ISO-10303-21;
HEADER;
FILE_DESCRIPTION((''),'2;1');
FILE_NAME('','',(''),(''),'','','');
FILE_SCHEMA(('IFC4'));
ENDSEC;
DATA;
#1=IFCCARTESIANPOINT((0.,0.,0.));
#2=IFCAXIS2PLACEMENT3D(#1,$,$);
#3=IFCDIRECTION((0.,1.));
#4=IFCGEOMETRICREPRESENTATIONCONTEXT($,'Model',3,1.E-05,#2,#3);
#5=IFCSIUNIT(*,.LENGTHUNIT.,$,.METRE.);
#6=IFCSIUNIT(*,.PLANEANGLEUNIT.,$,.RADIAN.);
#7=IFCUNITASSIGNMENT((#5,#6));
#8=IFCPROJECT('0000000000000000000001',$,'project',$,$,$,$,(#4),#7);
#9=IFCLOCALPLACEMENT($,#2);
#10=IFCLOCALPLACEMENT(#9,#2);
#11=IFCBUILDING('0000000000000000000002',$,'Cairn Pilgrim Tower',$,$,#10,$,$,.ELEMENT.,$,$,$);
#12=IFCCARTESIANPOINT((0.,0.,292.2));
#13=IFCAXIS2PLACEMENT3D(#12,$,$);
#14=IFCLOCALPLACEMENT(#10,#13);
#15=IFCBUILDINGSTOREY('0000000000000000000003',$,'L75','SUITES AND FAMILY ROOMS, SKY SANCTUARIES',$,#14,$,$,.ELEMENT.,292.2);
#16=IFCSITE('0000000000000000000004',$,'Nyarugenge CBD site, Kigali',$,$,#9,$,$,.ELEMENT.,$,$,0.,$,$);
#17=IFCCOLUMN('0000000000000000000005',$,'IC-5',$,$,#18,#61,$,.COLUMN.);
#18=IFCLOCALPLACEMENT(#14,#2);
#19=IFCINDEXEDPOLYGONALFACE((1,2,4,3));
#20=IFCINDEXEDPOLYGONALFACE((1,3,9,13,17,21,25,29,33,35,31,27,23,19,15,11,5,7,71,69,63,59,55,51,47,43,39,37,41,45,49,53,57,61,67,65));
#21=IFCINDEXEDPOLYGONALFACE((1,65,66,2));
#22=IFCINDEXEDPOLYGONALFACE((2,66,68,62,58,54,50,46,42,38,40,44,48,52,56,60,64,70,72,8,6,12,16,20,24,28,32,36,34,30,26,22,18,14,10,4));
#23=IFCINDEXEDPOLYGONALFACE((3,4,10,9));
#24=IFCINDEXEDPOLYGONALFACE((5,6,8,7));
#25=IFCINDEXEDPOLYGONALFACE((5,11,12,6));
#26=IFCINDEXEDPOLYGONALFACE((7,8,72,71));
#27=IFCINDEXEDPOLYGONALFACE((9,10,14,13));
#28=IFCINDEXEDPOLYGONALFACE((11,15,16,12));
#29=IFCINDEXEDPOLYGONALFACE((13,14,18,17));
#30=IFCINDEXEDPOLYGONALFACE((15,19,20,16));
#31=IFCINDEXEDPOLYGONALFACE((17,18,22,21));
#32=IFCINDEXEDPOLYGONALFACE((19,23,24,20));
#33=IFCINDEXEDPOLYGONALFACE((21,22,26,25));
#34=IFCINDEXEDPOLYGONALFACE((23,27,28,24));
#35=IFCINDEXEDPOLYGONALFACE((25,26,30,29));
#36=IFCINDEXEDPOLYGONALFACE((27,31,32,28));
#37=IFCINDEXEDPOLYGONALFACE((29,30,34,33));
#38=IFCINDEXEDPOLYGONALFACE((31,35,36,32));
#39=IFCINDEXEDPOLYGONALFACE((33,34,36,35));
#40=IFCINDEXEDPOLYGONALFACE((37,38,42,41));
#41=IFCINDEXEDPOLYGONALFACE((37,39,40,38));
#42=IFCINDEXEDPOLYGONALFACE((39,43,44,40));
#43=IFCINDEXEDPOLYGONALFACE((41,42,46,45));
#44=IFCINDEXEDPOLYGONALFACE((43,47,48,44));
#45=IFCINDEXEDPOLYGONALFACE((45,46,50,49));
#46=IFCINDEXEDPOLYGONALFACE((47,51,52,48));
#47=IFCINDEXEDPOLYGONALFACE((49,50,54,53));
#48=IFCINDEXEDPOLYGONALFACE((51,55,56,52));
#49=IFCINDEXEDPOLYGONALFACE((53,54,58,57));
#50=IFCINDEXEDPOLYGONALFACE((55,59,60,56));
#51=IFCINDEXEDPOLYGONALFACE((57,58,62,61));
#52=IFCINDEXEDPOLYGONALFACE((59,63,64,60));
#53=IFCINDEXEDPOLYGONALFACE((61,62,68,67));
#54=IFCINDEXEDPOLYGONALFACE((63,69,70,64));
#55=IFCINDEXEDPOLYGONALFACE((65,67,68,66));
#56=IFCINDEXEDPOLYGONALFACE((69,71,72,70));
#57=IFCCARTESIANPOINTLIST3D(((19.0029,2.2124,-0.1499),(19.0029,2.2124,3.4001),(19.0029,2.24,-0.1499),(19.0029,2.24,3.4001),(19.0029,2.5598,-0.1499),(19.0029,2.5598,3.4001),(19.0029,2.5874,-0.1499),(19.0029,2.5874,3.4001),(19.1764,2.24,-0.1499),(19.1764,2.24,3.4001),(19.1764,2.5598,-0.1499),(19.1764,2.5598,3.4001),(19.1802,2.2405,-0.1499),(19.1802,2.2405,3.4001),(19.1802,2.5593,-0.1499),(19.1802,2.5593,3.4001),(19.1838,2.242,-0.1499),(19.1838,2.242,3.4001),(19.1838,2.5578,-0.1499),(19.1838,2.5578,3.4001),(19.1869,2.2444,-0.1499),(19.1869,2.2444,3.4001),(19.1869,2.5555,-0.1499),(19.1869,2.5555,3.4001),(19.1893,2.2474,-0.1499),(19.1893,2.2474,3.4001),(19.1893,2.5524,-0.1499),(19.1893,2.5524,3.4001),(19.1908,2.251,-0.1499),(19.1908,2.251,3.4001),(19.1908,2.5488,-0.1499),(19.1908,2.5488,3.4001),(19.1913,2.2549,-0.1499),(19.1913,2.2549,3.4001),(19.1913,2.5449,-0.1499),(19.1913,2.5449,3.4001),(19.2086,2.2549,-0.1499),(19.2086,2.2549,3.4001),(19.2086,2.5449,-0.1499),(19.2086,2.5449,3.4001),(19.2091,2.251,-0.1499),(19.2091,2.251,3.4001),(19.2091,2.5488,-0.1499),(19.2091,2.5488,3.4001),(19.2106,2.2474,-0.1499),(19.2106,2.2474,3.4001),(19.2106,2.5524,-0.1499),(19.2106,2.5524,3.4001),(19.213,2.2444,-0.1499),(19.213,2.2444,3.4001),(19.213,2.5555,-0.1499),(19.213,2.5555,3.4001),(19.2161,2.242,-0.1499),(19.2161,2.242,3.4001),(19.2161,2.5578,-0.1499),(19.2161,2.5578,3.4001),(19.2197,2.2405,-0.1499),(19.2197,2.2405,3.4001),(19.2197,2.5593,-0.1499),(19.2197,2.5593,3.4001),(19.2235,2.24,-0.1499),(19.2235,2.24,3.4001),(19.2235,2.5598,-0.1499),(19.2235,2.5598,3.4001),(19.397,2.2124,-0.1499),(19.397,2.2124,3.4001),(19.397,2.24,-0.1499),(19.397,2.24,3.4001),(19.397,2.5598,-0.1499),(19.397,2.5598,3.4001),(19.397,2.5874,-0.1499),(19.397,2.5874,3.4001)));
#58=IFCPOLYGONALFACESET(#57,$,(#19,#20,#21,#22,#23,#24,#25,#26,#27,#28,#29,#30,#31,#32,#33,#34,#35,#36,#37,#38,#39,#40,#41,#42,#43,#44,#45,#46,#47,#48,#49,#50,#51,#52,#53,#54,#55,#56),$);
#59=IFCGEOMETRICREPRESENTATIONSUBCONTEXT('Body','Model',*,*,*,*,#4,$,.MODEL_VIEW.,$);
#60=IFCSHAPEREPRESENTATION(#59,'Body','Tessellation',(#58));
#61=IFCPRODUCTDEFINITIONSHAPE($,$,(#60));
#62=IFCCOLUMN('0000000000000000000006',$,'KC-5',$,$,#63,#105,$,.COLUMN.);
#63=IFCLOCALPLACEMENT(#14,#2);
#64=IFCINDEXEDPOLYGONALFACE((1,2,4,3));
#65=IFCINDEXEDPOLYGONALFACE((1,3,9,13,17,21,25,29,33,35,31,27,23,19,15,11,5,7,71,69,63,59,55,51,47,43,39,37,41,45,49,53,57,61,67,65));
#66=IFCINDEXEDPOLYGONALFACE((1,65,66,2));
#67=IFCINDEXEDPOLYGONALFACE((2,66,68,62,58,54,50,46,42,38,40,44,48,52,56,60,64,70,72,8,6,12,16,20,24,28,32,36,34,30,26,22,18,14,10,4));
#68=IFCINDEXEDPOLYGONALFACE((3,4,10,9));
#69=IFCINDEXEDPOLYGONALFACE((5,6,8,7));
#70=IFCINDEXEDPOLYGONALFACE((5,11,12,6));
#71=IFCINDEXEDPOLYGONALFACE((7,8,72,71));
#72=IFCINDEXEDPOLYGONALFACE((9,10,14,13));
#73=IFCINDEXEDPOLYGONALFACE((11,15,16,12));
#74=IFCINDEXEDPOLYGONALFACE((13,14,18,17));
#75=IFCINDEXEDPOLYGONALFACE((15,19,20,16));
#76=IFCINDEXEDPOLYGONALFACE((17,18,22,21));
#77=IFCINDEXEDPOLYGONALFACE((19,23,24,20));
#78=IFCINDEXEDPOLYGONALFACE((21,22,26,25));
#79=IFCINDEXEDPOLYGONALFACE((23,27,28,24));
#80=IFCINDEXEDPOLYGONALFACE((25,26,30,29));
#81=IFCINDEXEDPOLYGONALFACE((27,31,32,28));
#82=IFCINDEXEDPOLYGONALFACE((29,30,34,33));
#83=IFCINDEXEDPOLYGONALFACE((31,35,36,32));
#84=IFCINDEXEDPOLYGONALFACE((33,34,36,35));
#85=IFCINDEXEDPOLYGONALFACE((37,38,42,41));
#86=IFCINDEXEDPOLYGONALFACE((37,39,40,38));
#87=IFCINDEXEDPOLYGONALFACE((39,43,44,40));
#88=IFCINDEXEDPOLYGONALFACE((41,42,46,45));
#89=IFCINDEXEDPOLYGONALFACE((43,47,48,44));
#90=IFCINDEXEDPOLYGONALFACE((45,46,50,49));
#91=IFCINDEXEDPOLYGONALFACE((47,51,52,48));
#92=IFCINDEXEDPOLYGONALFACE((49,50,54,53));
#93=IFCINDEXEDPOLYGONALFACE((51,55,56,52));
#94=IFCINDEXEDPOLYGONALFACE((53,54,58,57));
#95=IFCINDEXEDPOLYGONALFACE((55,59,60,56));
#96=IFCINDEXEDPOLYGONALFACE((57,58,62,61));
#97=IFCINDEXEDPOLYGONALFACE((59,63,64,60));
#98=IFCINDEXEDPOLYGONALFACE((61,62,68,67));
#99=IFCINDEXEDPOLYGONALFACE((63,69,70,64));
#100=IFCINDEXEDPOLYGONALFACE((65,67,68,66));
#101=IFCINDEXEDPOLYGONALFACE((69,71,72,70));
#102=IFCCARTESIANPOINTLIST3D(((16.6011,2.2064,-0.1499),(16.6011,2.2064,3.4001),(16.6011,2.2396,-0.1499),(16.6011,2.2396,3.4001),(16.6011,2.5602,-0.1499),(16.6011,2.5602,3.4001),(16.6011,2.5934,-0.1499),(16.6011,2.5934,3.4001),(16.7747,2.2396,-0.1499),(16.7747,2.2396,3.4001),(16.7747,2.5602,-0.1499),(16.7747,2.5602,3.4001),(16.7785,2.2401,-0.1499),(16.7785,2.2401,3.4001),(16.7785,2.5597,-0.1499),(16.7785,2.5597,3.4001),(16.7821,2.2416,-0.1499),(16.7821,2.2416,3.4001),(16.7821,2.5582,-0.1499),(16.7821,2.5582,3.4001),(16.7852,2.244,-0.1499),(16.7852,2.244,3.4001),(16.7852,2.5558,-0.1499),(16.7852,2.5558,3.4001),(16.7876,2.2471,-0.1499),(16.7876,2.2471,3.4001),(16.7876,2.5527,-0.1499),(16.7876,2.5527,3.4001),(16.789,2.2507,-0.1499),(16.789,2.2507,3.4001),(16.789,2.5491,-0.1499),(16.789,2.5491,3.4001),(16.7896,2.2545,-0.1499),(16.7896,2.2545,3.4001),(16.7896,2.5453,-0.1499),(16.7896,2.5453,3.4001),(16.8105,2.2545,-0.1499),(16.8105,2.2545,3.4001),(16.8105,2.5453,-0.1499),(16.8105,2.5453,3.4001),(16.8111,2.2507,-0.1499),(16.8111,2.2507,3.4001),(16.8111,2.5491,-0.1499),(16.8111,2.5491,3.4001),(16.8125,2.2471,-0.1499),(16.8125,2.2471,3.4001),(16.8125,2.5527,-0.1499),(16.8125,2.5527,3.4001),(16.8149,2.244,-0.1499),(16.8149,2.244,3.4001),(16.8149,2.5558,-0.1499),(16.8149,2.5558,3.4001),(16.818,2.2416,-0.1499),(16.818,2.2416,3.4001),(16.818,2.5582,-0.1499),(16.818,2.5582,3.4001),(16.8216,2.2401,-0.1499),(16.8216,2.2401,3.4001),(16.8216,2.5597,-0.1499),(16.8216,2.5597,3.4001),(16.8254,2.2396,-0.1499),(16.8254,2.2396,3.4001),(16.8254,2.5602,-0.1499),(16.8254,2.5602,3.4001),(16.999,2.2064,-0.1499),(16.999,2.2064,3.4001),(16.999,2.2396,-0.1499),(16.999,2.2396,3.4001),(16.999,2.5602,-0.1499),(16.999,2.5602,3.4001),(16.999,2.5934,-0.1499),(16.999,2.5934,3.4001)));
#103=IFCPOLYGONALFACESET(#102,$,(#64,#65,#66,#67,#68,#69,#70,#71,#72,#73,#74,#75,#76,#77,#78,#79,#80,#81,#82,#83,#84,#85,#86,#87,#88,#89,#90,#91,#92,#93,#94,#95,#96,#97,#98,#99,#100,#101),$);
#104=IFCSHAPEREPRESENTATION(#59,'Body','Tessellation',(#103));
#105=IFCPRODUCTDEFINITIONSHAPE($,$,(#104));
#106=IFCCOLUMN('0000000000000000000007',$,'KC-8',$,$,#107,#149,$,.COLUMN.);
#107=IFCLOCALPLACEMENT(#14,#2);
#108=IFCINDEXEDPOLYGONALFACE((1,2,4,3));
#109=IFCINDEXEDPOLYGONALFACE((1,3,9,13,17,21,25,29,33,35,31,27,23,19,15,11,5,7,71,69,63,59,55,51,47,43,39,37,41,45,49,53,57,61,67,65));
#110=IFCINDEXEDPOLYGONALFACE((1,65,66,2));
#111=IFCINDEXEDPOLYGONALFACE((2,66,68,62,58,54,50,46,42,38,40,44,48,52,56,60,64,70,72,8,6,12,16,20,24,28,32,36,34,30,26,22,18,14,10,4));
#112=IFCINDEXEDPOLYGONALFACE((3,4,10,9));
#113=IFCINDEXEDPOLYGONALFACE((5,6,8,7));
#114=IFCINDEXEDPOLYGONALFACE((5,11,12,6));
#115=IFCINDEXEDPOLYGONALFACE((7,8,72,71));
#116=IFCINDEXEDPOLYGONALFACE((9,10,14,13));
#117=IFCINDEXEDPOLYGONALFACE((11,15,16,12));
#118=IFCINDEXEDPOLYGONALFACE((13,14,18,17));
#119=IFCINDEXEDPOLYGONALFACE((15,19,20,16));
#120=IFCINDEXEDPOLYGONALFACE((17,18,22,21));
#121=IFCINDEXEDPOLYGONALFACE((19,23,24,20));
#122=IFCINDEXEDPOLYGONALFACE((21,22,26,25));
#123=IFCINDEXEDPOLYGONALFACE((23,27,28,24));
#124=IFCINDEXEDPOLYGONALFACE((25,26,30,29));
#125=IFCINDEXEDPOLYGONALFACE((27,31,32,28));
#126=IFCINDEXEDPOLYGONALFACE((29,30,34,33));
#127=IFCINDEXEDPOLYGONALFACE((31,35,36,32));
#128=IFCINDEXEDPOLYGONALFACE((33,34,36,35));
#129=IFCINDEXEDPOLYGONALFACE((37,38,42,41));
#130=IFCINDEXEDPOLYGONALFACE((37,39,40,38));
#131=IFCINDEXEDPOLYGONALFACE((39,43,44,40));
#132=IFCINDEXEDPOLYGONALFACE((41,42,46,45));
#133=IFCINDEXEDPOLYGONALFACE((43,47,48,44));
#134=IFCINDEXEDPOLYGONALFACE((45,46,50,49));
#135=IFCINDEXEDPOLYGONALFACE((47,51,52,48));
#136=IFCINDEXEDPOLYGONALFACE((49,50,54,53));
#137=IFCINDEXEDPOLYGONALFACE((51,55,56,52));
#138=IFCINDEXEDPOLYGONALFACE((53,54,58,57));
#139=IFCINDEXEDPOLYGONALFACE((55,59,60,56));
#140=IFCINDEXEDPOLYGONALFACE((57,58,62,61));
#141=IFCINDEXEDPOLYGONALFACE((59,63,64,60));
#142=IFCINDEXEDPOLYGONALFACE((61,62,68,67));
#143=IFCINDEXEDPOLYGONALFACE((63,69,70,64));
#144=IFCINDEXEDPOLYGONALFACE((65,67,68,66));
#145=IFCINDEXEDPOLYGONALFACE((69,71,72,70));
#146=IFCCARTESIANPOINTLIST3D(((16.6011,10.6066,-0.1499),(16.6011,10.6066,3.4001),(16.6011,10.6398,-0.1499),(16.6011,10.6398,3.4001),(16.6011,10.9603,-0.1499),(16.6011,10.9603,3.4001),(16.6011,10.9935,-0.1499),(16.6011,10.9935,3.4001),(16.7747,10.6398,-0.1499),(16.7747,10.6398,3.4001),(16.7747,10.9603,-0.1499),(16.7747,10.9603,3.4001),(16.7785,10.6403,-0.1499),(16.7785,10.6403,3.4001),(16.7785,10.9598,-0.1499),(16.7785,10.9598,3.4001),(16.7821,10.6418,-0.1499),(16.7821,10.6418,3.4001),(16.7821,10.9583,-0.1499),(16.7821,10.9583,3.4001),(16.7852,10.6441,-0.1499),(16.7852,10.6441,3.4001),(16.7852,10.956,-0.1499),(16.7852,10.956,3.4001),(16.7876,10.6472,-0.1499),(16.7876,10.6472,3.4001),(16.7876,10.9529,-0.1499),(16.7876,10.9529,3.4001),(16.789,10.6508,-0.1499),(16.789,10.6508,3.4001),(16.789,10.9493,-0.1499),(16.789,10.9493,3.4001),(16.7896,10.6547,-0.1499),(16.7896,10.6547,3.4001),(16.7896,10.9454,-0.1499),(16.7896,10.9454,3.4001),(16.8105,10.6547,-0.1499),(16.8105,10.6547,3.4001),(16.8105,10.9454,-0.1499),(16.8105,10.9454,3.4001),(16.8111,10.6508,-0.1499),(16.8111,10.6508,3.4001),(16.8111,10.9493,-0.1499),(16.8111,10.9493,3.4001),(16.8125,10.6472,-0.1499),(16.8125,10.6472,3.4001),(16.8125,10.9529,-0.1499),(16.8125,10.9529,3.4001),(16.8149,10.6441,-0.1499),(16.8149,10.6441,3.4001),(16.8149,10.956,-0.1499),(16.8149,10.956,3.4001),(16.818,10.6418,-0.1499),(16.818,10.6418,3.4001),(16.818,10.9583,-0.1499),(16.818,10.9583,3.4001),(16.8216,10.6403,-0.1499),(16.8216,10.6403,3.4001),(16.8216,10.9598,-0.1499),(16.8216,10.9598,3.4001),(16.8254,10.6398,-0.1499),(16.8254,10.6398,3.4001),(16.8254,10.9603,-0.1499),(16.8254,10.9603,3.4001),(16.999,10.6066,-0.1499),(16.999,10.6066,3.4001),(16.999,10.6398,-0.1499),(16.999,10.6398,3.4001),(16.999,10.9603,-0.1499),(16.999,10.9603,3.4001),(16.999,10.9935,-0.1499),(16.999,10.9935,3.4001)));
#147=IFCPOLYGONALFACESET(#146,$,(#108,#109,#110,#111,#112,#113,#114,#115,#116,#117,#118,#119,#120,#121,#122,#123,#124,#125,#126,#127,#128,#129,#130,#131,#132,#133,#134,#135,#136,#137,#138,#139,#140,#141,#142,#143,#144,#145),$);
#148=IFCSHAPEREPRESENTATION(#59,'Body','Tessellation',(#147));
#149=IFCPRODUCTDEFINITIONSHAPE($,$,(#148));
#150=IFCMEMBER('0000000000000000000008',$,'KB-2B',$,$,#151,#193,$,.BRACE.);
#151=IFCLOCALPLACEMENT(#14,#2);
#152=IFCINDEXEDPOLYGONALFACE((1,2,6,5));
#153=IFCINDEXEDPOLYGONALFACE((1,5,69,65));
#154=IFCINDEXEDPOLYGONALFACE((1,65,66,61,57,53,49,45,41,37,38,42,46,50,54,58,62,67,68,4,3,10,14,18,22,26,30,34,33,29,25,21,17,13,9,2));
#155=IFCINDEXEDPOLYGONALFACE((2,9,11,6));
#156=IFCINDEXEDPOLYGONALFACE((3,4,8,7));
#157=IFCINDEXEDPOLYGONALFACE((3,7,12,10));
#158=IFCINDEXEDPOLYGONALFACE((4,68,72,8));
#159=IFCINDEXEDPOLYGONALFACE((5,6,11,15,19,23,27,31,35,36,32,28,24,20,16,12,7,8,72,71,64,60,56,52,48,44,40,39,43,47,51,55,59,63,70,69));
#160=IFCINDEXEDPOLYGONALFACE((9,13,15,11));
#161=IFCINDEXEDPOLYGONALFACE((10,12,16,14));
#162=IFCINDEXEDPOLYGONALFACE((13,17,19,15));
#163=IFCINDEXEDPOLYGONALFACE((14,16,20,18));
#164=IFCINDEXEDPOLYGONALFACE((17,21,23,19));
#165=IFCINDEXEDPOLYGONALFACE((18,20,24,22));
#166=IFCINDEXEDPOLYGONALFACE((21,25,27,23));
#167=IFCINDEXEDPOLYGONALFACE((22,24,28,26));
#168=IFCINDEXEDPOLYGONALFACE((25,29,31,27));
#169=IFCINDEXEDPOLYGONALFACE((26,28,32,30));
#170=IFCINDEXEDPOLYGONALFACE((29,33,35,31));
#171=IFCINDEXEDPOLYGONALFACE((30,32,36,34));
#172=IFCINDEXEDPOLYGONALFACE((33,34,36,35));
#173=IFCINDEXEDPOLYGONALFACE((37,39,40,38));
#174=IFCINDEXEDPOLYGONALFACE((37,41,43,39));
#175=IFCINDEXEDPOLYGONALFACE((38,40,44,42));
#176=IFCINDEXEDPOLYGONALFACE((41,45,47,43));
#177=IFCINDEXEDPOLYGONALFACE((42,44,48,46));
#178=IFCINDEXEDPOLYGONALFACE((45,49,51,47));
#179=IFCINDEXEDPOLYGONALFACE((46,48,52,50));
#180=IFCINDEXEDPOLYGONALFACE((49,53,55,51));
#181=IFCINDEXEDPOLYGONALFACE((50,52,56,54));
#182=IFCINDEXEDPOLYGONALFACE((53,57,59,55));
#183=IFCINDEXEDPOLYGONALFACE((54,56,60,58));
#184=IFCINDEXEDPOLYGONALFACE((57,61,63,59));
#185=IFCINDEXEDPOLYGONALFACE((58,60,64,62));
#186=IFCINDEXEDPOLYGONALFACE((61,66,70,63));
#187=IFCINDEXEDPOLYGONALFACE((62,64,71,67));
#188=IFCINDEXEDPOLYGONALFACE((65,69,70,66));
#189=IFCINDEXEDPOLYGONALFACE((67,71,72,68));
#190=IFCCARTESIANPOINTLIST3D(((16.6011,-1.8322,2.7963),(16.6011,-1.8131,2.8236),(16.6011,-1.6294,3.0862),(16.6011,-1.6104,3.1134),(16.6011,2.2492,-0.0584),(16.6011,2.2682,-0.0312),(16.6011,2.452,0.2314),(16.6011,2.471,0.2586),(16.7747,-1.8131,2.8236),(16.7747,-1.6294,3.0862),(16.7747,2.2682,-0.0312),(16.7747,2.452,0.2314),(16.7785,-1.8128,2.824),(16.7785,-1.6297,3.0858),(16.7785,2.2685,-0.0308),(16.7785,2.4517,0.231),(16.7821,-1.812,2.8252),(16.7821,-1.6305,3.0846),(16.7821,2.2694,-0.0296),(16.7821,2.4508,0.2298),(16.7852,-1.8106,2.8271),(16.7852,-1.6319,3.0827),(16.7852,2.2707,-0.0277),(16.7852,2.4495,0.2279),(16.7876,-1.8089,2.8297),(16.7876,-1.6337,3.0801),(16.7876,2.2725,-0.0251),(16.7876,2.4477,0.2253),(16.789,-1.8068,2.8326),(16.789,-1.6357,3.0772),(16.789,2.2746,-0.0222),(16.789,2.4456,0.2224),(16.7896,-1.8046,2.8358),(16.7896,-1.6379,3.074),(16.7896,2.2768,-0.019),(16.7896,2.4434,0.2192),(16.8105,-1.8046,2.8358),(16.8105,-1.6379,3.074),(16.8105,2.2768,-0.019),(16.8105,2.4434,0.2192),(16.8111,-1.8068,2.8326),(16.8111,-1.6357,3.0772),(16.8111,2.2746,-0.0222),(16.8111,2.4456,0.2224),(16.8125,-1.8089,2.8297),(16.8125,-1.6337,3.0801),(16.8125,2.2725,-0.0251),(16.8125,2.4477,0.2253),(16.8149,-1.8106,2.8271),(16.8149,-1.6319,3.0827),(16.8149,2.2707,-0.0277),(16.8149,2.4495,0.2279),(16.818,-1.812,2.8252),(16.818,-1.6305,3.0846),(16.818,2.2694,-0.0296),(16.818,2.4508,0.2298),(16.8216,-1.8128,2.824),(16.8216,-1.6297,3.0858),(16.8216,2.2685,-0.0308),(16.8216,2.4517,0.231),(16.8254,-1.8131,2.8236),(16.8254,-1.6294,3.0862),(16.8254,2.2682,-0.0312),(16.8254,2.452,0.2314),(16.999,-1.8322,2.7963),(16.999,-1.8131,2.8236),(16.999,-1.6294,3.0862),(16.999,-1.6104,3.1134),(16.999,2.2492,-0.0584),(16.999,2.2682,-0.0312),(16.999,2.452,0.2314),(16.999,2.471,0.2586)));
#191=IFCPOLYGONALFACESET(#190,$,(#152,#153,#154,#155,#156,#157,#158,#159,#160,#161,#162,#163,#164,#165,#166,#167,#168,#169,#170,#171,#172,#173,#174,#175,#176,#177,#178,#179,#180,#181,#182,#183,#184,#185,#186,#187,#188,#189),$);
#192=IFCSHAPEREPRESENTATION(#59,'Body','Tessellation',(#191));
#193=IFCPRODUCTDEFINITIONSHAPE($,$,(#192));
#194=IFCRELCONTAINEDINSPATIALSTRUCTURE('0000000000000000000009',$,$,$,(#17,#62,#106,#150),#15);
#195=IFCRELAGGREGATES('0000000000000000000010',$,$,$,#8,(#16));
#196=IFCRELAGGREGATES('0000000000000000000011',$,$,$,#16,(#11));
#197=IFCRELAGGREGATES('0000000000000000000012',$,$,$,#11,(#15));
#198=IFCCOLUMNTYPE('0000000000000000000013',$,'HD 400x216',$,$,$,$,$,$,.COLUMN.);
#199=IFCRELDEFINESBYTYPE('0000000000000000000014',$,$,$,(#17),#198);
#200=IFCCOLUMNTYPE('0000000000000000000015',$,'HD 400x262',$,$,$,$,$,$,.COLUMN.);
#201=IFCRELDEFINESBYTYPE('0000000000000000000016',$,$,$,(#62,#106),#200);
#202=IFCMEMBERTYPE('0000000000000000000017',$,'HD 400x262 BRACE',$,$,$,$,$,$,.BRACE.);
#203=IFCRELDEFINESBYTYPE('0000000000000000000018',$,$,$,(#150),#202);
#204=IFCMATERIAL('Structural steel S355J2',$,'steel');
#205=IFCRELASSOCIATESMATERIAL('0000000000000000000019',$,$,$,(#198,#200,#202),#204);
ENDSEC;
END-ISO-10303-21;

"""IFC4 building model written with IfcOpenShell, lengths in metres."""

from ifc_helpers import new_model, si_unit, direction, frame, origin, origin_2d, place, context, subcontext, project, spatial, i_section, extrude, material, material_profile, profile_set, type_object, element, save


model = new_model("IFC4")

# Units and contexts
model_context = context("Model", 3, precision=1e-05, world=origin(), true_north=direction((0.0, 1.0)))
body_context = subcontext(model_context, "Body", "Model", "MODEL_VIEW")
ifc_project = project(units=[si_unit("LENGTHUNIT", "METRE"), si_unit("PLANEANGLEUNIT", "RADIAN")], contexts=[model_context])

# Site, building, storey
site_placement = place(None, origin())
site = spatial("IfcSite", under=ifc_project, at=site_placement, Name="Nyarugenge CBD site, Kigali", CompositionType="ELEMENT", RefElevation=0.0)
building_placement = place(site_placement, origin())
building = spatial("IfcBuilding", under=site, at=building_placement, Name="Cairn Pilgrim Tower", CompositionType="ELEMENT")
storey_placement = place(building_placement, frame((0.0, 0.0, 292.2)))
storey = spatial("IfcBuildingStorey", under=building, at=storey_placement, Name="L75", Description="SUITES AND FAMILY ROOMS, SKY SANCTUARIES", CompositionType="ELEMENT", Elevation=292.2)

# Columns
ifc_material_1 = material(Name="Structural steel S355J2", Category="steel")
ifc_material_profile_1 = material_profile(ifc_material_1, i_section(OverallWidth=0.394, OverallDepth=0.375, WebThickness=0.0173, FlangeThickness=0.0276, FilletRadius=0.0149, at=origin_2d()), Name="HD 400x216")
ifc_profile_set_1 = profile_set([ifc_material_profile_1], Name="Structural steel S355J2")
column_type_1 = type_object("IfcColumnType", Name="HD 400x216", PredefinedType="COLUMN", material=ifc_profile_set_1)
column_placement = place(storey_placement, frame((19.2, 2.3999, -0.1499), z_axis=(0.0, 0.0, 1.0), x_axis=(1.0, 0.0, 0.0)))
element("IfcColumn", 1, at=column_placement, inside=storey, type_object=column_type_1, Name="IC-5", PredefinedType="COLUMN", context=body_context, shape_type="SweptSolid", body=[
    extrude(i_section(OverallWidth=0.394, OverallDepth=0.375, WebThickness=0.0173, FlangeThickness=0.0276, FilletRadius=0.0149, at=origin_2d()), origin(), (0.0, 0.0, 1.0), 3.55),
])
ifc_material_profile_2 = material_profile(ifc_material_1, i_section(OverallWidth=0.3979, OverallDepth=0.387, WebThickness=0.021, FlangeThickness=0.0332, FilletRadius=0.0149, at=origin_2d()), Name="HD 400x262")
ifc_profile_set_2 = profile_set([ifc_material_profile_2], Name="Structural steel S355J2")
column_type_2 = type_object("IfcColumnType", Name="HD 400x262", PredefinedType="COLUMN", material=ifc_profile_set_2)
for number, where, z_axis, x_axis, name in (
    (2, (16.8, 2.3999, -0.1499), (0.0, 0.0, 1.0), (1.0, 0.0, 0.0), "KC-5"),
    (3, (16.8, 10.8, -0.1499), (0.0, 0.0, 1.0), (1.0, 0.0, 0.0), "KC-8"),
):
    element("IfcColumn", number, at=place(storey_placement, frame(where, z_axis=z_axis, x_axis=x_axis)), inside=storey, type_object=column_type_2, Name=name, PredefinedType="COLUMN", context=body_context, shape_type="SweptSolid", body=[
        extrude(i_section(OverallWidth=0.3979, OverallDepth=0.387, WebThickness=0.021, FlangeThickness=0.0332, FilletRadius=0.0149, at=origin_2d()), origin(), (0.0, 0.0, 1.0), 3.55),
    ])

# Member
ifc_material_profile_3 = material_profile(ifc_material_1, i_section(OverallWidth=0.3979, OverallDepth=0.387, WebThickness=0.021, FlangeThickness=0.0332, FilletRadius=0.0149, at=origin_2d()), Name="HD 400x262")
ifc_profile_set_3 = profile_set([ifc_material_profile_3], Name="Structural steel S355J2")
member_type = type_object("IfcMemberType", Name="HD 400x262 BRACE", PredefinedType="BRACE", material=ifc_profile_set_3)
member_1_placement = place(storey_placement, frame((16.8, 2.3601, 0.1001), z_axis=(0.0, -0.819437, 0.57317), x_axis=(1.0, 0.0, 0.0)))
element("IfcMember", 4, at=member_1_placement, inside=storey, type_object=member_type, Name="KB-2B", PredefinedType="BRACE", context=body_context, shape_type="SweptSolid", body=[
    extrude(i_section(OverallWidth=0.3979, OverallDepth=0.387, WebThickness=0.021, FlangeThickness=0.0332, FilletRadius=0.0149, at=origin_2d()), origin(), (0.0, 0.0, 1.0), 4.9807),
])

save(model, "model.ifc")
